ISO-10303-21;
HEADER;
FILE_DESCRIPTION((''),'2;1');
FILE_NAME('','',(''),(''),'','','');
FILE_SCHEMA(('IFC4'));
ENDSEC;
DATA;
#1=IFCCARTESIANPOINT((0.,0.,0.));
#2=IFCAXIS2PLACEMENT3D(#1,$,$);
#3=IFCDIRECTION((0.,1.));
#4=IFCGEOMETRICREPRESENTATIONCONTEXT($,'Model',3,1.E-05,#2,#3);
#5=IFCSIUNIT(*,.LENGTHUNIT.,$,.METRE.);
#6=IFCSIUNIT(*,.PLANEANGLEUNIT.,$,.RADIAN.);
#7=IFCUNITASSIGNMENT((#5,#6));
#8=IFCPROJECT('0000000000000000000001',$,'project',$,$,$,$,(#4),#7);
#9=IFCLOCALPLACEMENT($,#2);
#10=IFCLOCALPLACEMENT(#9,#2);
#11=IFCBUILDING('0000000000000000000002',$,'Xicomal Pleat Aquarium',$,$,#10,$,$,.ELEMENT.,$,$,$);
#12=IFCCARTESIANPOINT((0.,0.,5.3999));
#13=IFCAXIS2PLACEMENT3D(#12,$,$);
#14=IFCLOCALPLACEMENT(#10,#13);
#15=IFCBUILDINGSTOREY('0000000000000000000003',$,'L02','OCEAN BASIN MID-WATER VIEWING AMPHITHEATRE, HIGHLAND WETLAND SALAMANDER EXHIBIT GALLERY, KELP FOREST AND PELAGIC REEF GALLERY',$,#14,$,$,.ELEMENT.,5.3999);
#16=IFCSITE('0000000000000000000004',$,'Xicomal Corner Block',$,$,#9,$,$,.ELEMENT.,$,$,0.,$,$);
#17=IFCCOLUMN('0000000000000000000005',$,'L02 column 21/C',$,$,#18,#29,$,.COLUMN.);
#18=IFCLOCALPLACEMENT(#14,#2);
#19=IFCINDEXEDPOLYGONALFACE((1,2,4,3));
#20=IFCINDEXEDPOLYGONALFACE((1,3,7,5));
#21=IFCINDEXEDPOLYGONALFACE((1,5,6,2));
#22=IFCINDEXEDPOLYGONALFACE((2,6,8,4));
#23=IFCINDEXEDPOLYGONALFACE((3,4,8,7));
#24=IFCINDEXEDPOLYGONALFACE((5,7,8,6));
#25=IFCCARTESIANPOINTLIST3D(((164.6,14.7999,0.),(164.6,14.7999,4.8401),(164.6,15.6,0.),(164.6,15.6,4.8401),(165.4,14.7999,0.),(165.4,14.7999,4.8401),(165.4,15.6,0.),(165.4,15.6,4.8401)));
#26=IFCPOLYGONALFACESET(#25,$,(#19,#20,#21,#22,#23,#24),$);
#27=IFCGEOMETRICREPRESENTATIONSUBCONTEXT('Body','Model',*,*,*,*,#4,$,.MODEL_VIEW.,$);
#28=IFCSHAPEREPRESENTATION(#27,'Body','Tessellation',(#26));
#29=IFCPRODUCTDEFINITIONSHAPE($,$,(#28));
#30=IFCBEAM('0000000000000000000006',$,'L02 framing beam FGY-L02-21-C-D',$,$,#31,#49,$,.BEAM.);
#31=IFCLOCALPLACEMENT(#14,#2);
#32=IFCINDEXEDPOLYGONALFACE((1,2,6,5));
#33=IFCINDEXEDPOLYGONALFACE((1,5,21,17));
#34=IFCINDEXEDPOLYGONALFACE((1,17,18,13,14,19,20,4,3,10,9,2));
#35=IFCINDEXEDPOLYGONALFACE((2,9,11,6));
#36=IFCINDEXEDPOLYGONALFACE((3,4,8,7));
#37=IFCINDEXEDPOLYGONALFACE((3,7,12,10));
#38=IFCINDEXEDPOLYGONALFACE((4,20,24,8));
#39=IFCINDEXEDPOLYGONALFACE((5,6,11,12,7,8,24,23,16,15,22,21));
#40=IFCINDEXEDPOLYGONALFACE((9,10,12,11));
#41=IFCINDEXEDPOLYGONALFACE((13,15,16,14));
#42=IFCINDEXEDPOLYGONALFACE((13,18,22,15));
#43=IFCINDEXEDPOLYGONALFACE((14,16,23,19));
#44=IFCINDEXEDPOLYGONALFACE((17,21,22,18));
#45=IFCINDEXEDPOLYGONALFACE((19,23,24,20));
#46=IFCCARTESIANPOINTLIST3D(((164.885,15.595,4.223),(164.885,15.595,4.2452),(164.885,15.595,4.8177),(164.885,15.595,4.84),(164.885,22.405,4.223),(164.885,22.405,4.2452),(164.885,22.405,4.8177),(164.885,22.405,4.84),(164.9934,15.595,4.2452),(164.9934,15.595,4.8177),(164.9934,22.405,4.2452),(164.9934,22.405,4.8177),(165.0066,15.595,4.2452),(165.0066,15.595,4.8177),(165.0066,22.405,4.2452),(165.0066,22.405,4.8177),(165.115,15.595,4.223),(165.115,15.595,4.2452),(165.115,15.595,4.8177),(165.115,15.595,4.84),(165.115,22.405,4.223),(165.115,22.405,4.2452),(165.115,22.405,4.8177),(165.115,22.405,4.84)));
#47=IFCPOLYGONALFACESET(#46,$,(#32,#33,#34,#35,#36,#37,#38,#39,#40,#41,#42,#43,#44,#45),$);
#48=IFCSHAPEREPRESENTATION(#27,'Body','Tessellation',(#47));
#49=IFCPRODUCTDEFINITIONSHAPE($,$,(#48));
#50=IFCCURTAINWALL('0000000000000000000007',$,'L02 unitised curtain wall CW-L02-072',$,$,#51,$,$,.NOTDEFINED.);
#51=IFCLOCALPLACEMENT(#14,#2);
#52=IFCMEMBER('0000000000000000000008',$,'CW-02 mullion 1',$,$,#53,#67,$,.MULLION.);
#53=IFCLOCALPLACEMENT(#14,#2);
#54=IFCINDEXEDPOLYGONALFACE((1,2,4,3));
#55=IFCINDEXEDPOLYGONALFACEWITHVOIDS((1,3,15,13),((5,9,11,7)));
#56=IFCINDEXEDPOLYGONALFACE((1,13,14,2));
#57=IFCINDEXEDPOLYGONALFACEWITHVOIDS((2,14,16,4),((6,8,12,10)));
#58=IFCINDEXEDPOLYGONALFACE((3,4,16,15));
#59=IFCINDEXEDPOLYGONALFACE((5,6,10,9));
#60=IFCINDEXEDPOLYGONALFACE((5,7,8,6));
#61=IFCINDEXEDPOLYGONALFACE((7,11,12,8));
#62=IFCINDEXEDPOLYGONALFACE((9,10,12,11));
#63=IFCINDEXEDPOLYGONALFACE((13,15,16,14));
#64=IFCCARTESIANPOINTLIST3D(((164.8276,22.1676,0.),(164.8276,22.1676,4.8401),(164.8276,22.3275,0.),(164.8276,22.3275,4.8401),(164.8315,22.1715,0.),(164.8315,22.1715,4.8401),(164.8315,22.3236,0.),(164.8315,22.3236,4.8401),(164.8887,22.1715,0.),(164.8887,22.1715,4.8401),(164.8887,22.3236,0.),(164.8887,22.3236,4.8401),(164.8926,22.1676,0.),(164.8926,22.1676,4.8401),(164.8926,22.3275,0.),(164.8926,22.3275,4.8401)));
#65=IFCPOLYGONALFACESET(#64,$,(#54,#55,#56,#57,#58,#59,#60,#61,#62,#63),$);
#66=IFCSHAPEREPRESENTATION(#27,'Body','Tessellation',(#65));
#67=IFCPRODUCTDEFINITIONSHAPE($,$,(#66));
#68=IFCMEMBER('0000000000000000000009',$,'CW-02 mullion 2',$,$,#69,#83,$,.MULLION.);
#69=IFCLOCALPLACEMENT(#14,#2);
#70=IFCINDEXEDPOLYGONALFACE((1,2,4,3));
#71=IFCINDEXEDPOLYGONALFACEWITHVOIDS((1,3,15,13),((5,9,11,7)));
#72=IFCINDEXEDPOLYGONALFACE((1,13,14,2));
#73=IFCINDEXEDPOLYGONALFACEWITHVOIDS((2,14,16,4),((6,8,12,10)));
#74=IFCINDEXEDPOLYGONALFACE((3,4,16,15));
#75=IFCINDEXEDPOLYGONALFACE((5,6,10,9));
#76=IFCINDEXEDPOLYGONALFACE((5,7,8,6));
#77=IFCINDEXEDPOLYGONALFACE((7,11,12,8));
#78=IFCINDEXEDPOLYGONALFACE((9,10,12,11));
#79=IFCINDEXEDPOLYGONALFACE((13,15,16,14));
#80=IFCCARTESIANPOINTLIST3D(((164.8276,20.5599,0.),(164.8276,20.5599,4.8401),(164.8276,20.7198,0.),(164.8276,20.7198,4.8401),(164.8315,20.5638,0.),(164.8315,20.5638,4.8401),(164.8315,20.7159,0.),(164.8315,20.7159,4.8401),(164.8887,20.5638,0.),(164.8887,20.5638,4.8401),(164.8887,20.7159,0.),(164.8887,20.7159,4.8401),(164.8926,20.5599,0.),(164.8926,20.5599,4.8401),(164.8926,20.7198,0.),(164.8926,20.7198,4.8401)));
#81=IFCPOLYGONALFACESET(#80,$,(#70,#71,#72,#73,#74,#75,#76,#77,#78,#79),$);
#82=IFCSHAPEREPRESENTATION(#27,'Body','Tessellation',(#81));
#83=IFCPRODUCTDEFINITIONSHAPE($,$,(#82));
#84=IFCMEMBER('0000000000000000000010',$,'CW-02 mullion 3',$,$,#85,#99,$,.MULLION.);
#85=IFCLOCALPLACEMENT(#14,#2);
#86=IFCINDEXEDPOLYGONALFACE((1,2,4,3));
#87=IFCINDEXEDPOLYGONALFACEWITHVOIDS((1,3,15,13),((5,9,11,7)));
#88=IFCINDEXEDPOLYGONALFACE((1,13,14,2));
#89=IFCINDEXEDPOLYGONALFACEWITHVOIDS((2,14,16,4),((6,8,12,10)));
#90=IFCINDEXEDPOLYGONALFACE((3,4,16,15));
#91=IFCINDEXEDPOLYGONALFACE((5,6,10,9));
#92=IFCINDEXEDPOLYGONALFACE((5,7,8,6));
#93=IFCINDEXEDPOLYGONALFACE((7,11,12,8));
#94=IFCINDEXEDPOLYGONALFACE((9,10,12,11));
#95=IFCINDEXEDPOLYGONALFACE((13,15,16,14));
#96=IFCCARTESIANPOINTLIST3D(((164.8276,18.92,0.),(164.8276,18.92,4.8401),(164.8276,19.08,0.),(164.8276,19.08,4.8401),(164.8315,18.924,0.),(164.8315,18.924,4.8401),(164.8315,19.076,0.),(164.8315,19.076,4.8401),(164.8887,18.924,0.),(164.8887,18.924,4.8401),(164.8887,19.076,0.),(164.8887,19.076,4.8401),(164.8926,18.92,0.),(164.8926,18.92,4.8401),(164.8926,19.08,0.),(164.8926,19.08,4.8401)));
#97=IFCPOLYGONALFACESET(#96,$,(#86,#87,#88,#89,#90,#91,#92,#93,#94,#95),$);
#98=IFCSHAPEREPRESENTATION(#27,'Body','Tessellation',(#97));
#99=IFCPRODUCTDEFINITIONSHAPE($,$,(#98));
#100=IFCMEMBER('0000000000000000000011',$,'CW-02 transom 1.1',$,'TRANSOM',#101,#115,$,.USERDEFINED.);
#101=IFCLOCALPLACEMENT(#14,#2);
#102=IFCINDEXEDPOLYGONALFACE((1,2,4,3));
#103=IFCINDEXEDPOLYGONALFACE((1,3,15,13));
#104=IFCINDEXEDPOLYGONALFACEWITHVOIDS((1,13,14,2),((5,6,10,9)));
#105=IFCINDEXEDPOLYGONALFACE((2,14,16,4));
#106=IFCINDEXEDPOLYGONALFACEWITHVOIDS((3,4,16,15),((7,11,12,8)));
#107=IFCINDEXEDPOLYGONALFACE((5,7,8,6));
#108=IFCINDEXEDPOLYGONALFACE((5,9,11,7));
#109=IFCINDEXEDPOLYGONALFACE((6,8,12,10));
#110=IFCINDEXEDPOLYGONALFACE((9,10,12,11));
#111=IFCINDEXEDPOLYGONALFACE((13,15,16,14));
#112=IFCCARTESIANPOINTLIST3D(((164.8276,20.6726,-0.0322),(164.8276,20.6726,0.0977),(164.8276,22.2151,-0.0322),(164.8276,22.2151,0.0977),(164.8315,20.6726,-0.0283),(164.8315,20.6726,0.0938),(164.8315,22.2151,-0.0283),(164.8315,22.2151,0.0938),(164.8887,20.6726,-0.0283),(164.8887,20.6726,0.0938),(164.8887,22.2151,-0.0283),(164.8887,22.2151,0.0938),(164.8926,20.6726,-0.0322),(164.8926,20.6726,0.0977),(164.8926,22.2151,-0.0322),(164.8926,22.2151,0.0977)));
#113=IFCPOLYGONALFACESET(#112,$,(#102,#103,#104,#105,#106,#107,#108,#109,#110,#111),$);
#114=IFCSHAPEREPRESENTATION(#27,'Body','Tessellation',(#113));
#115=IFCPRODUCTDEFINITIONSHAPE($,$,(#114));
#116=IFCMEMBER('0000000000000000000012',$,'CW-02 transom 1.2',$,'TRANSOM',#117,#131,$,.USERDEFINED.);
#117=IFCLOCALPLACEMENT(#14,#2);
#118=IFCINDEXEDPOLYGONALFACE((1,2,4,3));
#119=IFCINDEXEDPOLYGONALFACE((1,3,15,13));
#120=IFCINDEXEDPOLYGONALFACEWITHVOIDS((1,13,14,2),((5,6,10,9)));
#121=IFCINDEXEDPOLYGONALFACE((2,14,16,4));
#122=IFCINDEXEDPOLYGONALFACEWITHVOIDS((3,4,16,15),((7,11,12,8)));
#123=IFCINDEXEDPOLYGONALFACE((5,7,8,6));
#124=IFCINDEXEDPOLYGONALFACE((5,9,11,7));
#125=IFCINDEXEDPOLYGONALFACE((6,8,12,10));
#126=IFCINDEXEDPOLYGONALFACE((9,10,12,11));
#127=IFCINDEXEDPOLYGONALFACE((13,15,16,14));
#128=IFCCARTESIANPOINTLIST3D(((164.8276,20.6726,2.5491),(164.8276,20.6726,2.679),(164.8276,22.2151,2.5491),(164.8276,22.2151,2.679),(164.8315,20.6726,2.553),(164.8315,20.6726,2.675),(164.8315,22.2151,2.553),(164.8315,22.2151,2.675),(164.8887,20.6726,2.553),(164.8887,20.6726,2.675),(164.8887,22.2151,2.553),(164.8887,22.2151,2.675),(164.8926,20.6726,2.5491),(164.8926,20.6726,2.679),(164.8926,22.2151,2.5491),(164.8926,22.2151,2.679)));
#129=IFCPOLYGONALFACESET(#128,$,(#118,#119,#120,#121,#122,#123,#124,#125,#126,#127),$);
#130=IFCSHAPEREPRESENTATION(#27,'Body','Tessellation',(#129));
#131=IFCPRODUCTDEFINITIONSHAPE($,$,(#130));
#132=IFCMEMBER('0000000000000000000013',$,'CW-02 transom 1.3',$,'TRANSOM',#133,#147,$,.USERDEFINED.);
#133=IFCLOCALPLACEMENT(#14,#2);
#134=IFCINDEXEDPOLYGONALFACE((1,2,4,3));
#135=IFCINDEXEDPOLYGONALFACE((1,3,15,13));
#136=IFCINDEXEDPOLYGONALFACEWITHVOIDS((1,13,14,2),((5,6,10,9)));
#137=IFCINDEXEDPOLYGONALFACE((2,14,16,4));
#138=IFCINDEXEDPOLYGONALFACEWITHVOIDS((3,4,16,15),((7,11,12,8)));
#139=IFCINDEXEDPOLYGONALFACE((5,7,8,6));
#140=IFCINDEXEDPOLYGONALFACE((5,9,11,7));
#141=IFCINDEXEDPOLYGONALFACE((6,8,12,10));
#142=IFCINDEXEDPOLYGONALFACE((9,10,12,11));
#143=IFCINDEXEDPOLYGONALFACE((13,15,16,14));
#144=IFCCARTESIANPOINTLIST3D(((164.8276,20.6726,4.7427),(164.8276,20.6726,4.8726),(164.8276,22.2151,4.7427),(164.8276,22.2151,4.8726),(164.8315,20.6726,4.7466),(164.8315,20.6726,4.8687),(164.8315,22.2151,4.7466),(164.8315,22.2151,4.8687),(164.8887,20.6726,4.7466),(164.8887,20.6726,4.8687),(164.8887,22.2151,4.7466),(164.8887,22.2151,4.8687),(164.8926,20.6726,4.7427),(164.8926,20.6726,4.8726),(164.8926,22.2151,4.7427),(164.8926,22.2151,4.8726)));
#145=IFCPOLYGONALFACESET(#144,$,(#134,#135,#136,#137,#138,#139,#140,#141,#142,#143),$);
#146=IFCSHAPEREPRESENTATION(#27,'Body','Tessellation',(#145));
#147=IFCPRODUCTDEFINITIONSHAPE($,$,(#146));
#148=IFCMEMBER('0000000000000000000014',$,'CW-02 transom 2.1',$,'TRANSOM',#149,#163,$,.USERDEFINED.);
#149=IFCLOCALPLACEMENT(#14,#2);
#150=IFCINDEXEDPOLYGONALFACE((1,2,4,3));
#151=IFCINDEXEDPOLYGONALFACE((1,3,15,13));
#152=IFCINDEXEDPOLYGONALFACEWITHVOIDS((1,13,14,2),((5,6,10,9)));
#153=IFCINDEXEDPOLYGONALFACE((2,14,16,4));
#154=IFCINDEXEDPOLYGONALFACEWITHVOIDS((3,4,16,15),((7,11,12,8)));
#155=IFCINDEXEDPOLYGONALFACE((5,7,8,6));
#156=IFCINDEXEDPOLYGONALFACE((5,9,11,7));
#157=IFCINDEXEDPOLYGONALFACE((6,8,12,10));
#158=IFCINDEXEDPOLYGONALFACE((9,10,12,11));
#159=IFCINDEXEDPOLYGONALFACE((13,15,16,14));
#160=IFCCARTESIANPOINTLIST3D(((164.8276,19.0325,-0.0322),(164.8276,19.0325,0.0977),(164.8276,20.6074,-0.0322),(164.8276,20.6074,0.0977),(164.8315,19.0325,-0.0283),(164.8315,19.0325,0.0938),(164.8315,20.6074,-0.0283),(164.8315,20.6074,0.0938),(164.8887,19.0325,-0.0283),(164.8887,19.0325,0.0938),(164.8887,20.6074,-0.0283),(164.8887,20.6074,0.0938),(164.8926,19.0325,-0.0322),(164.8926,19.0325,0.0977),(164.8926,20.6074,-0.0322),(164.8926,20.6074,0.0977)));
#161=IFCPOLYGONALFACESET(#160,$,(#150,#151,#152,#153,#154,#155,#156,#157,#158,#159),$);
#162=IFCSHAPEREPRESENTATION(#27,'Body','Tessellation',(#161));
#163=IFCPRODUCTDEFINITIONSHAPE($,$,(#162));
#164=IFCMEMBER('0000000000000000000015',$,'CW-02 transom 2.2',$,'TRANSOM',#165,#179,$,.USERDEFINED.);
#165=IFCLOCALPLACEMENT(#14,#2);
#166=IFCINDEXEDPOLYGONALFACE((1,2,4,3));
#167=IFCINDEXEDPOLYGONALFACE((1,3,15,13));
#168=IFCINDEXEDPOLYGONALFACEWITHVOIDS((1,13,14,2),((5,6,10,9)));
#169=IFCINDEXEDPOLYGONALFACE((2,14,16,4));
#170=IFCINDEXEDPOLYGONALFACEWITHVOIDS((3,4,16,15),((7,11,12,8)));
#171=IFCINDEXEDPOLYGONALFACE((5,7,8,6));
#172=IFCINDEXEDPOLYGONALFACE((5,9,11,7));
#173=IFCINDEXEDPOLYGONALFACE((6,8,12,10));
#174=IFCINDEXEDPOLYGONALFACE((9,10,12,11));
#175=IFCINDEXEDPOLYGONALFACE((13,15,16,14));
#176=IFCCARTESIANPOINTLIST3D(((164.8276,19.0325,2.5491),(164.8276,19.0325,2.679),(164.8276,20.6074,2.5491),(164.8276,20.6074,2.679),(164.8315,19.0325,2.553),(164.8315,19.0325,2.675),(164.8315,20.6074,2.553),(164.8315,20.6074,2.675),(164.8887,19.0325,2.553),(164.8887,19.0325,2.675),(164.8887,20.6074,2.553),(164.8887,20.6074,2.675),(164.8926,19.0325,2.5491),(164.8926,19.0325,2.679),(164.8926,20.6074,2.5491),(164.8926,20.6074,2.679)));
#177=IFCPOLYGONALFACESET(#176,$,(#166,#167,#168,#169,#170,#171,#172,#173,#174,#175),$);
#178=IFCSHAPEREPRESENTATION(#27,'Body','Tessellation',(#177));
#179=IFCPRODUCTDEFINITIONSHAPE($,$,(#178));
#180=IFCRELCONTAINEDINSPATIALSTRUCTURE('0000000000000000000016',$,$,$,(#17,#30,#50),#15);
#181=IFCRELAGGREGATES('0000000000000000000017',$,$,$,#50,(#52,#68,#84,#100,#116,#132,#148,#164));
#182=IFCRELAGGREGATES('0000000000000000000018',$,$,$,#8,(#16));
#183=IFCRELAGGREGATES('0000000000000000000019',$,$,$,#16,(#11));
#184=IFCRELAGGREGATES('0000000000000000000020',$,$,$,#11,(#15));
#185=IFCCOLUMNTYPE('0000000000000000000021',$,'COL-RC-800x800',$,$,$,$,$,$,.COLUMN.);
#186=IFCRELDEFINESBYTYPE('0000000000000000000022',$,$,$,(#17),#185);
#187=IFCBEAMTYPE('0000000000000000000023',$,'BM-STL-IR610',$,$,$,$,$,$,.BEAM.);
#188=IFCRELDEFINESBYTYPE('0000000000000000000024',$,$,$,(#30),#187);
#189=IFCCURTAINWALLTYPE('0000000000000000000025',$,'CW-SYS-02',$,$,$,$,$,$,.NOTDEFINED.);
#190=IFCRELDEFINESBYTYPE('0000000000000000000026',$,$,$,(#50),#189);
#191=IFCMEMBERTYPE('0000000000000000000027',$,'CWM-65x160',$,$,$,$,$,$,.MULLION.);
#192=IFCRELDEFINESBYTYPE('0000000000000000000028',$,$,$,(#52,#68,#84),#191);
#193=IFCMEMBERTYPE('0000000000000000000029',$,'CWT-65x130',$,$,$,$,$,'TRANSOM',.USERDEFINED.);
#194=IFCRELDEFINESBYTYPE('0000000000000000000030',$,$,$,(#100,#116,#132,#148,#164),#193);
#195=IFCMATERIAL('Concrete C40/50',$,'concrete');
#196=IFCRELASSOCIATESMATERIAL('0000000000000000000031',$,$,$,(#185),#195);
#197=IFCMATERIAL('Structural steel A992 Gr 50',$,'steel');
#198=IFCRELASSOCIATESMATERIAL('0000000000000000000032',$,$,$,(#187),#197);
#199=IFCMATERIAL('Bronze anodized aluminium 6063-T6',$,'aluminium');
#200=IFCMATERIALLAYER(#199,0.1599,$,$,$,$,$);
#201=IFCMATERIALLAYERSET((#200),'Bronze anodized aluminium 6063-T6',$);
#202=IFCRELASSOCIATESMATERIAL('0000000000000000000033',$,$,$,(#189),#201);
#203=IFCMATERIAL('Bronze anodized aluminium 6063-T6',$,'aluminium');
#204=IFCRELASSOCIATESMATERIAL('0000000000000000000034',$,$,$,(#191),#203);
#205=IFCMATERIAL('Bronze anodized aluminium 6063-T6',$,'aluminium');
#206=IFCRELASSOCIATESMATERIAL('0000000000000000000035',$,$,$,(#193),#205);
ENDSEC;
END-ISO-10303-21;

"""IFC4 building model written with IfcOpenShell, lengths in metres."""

from ifc_helpers import new_model, si_unit, direction, frame, origin, origin_2d, place, context, subcontext, project, spatial, rectangle, hollow_rectangle, i_section, extrude, material, layer, layer_set, material_profile, profile_set, type_object, element, aggregate, save


model = new_model("IFC4")

# Units and contexts
model_context = context("Model", 3, precision=1e-05, world=origin(), true_north=direction((0.0, 1.0)))
body_context = subcontext(model_context, "Body", "Model", "MODEL_VIEW")
ifc_project = project(units=[si_unit("LENGTHUNIT", "METRE"), si_unit("PLANEANGLEUNIT", "RADIAN")], contexts=[model_context])

# Site, building, storey
site_placement = place(None, origin())
site = spatial("IfcSite", under=ifc_project, at=site_placement, Name="Xicomal Corner Block", CompositionType="ELEMENT", RefElevation=0.0)
building_placement = place(site_placement, origin())
building = spatial("IfcBuilding", under=site, at=building_placement, Name="Xicomal Pleat Aquarium", CompositionType="ELEMENT")
storey_placement = place(building_placement, frame((0.0, 0.0, 5.3999)))
storey = spatial("IfcBuildingStorey", under=building, at=storey_placement, Name="L02", Description="OCEAN BASIN MID-WATER VIEWING AMPHITHEATRE, HIGHLAND WETLAND SALAMANDER EXHIBIT GALLERY, KELP FOREST AND PELAGIC REEF GALLERY", CompositionType="ELEMENT", Elevation=5.3999)

# Column
ifc_material_1 = material(Name="Concrete C40/50", Category="concrete")
ifc_material_profile_1 = material_profile(ifc_material_1, rectangle(XDim=0.8, YDim=0.8, at=origin_2d()), Name="RC 800x800")
ifc_profile_set_1 = profile_set([ifc_material_profile_1], Name="Concrete C40/50")
column_type = type_object("IfcColumnType", Name="COL-RC-800x800", PredefinedType="COLUMN", material=ifc_profile_set_1)
column_placement = place(storey_placement, frame((165.0, 15.2, 0.0), z_axis=(0.0, 0.0, 1.0), x_axis=(1.0, 0.0, 0.0)))
element("IfcColumn", 1, at=column_placement, inside=storey, type_object=column_type, Name="L02 column 21/C", PredefinedType="COLUMN", context=body_context, shape_type="SweptSolid", body=[
    extrude(rectangle(XDim=0.8, YDim=0.8, at=origin_2d()), origin(), (0.0, 0.0, 1.0), 4.8401),
])

# Beam
ifc_material_2 = material(Name="Structural steel A992 Gr 50", Category="steel")
ifc_material_profile_2 = material_profile(ifc_material_2, i_section(OverallWidth=0.23, OverallDepth=0.6169, WebThickness=0.0132, FlangeThickness=0.0222, at=origin_2d()), Name="IR 610x140")
ifc_profile_set_2 = profile_set([ifc_material_profile_2], Name="Structural steel A992 Gr 50")
beam_type = type_object("IfcBeamType", Name="BM-STL-IR610", PredefinedType="BEAM", material=ifc_profile_set_2)
beam_placement = place(storey_placement, frame((165.0, 15.595, 4.5315), z_axis=(0.0, 1.0, 0.0), x_axis=(-1.0, 0.0, 0.0)))
element("IfcBeam", 2, at=beam_placement, inside=storey, type_object=beam_type, Name="L02 framing beam FGY-L02-21-C-D", PredefinedType="BEAM", context=body_context, shape_type="SweptSolid", body=[
    extrude(i_section(OverallWidth=0.23, OverallDepth=0.6169, WebThickness=0.0132, FlangeThickness=0.0222, at=origin_2d()), origin(), (0.0, 0.0, 1.0), 6.8101),
])

# Curtain wall, members
ifc_material_3 = material(Name="Bronze anodized aluminium 6063-T6", Category="aluminium")
ifc_layer_1 = layer(ifc_material_3, 0.1599)
ifc_layer_set_1 = layer_set([ifc_layer_1], Name="Bronze anodized aluminium 6063-T6")
curtain_wall_type = type_object("IfcCurtainWallType", Name="CW-SYS-02", PredefinedType="NOTDEFINED", material=ifc_layer_set_1)
curtain_wall_placement = place(storey_placement, origin())
curtain_wall = element("IfcCurtainWall", 3, at=curtain_wall_placement, inside=storey, type_object=curtain_wall_type, Name="L02 unitised curtain wall CW-L02-072", PredefinedType="NOTDEFINED")
ifc_material_4 = material(Name="Bronze anodized aluminium 6063-T6", Category="aluminium")
ifc_material_profile_3 = material_profile(ifc_material_4, hollow_rectangle(XDim=0.0649, YDim=0.1599, WallThickness=0.0039, at=origin_2d()), Name="ALU MULL 65x160")
ifc_profile_set_3 = profile_set([ifc_material_profile_3], Name="Bronze anodized aluminium 6063-T6")
member_type_1 = type_object("IfcMemberType", Name="CWM-65x160", PredefinedType="MULLION", material=ifc_profile_set_3)
member_1_placement = place(storey_placement, frame((164.8601, 22.2476, 0.0), z_axis=(0.0, 0.0, 1.0), x_axis=(1.0, 0.0, 0.0)))
member_1 = element("IfcMember", 4, at=member_1_placement, type_object=member_type_1, Name="CW-02 mullion 1", PredefinedType="MULLION", context=body_context, shape_type="SweptSolid", body=[
    extrude(hollow_rectangle(XDim=0.0649, YDim=0.1599, WallThickness=0.0039, at=origin_2d()), origin(), (0.0, 0.0, 1.0), 4.8401),
])
member_2_placement = place(storey_placement, frame((164.8601, 20.6399, 0.0), z_axis=(0.0, 0.0, 1.0), x_axis=(1.0, 0.0, 0.0)))
member_2 = element("IfcMember", 5, at=member_2_placement, type_object=member_type_1, Name="CW-02 mullion 2", PredefinedType="MULLION", context=body_context, shape_type="SweptSolid", body=[
    extrude(hollow_rectangle(XDim=0.0649, YDim=0.1599, WallThickness=0.0039, at=origin_2d()), origin(), (0.0, 0.0, 1.0), 4.8401),
])
member_3_placement = place(storey_placement, frame((164.8601, 19.0, 0.0), z_axis=(0.0, 0.0, 1.0), x_axis=(1.0, 0.0, 0.0)))
member_3 = element("IfcMember", 6, at=member_3_placement, type_object=member_type_1, Name="CW-02 mullion 3", PredefinedType="MULLION", context=body_context, shape_type="SweptSolid", body=[
    extrude(hollow_rectangle(XDim=0.0649, YDim=0.1599, WallThickness=0.0039, at=origin_2d()), origin(), (0.0, 0.0, 1.0), 4.8401),
])
ifc_material_5 = material(Name="Bronze anodized aluminium 6063-T6", Category="aluminium")
ifc_material_profile_4 = material_profile(ifc_material_5, hollow_rectangle(XDim=0.0649, YDim=0.1299, WallThickness=0.0039, at=origin_2d()), Name="ALU TRAN 65x130")
ifc_profile_set_4 = profile_set([ifc_material_profile_4], Name="Bronze anodized aluminium 6063-T6")
member_type_2 = type_object("IfcMemberType", Name="CWT-65x130", ElementType="TRANSOM", PredefinedType="USERDEFINED", material=ifc_profile_set_4)
member_4_placement = place(storey_placement, frame((164.8601, 22.2151, 0.0327), z_axis=(0.0, -1.0, 0.0), x_axis=(1.0, 0.0, 0.0)))
member_4 = element("IfcMember", 7, at=member_4_placement, type_object=member_type_2, Name="CW-02 transom 1.1", ObjectType="TRANSOM", PredefinedType="USERDEFINED", context=body_context, shape_type="SweptSolid", body=[
    extrude(hollow_rectangle(XDim=0.0649, YDim=0.1299, WallThickness=0.0039, at=origin_2d()), origin(), (0.0, 0.0, 1.0), 1.5425),
])
member_5_placement = place(storey_placement, frame((164.8601, 22.2151, 2.614), z_axis=(0.0, -1.0, 0.0), x_axis=(1.0, 0.0, 0.0)))
member_5 = element("IfcMember", 8, at=member_5_placement, type_object=member_type_2, Name="CW-02 transom 1.2", ObjectType="TRANSOM", PredefinedType="USERDEFINED", context=body_context, shape_type="SweptSolid", body=[
    extrude(hollow_rectangle(XDim=0.0649, YDim=0.1299, WallThickness=0.0039, at=origin_2d()), origin(), (0.0, 0.0, 1.0), 1.5425),
])
member_6_placement = place(storey_placement, frame((164.8601, 22.2151, 4.8076), z_axis=(0.0, -1.0, 0.0), x_axis=(1.0, 0.0, 0.0)))
member_6 = element("IfcMember", 9, at=member_6_placement, type_object=member_type_2, Name="CW-02 transom 1.3", ObjectType="TRANSOM", PredefinedType="USERDEFINED", context=body_context, shape_type="SweptSolid", body=[
    extrude(hollow_rectangle(XDim=0.0649, YDim=0.1299, WallThickness=0.0039, at=origin_2d()), origin(), (0.0, 0.0, 1.0), 1.5425),
])
member_7_placement = place(storey_placement, frame((164.8601, 20.6074, 0.0327), z_axis=(0.0, -1.0, 0.0), x_axis=(1.0, 0.0, 0.0)))
member_7 = element("IfcMember", 10, at=member_7_placement, type_object=member_type_2, Name="CW-02 transom 2.1", ObjectType="TRANSOM", PredefinedType="USERDEFINED", context=body_context, shape_type="SweptSolid", body=[
    extrude(hollow_rectangle(XDim=0.0649, YDim=0.1299, WallThickness=0.0039, at=origin_2d()), origin(), (0.0, 0.0, 1.0), 1.575),
])
member_8_placement = place(storey_placement, frame((164.8601, 20.6074, 2.614), z_axis=(0.0, -1.0, 0.0), x_axis=(1.0, 0.0, 0.0)))
member_8 = element("IfcMember", 11, at=member_8_placement, type_object=member_type_2, Name="CW-02 transom 2.2", ObjectType="TRANSOM", PredefinedType="USERDEFINED", context=body_context, shape_type="SweptSolid", body=[
    extrude(hollow_rectangle(XDim=0.0649, YDim=0.1299, WallThickness=0.0039, at=origin_2d()), origin(), (0.0, 0.0, 1.0), 1.575),
])
aggregate(curtain_wall, [member_1, member_2, member_3, member_4, member_5, member_6, member_7, member_8])

save(model, "model.ifc")
